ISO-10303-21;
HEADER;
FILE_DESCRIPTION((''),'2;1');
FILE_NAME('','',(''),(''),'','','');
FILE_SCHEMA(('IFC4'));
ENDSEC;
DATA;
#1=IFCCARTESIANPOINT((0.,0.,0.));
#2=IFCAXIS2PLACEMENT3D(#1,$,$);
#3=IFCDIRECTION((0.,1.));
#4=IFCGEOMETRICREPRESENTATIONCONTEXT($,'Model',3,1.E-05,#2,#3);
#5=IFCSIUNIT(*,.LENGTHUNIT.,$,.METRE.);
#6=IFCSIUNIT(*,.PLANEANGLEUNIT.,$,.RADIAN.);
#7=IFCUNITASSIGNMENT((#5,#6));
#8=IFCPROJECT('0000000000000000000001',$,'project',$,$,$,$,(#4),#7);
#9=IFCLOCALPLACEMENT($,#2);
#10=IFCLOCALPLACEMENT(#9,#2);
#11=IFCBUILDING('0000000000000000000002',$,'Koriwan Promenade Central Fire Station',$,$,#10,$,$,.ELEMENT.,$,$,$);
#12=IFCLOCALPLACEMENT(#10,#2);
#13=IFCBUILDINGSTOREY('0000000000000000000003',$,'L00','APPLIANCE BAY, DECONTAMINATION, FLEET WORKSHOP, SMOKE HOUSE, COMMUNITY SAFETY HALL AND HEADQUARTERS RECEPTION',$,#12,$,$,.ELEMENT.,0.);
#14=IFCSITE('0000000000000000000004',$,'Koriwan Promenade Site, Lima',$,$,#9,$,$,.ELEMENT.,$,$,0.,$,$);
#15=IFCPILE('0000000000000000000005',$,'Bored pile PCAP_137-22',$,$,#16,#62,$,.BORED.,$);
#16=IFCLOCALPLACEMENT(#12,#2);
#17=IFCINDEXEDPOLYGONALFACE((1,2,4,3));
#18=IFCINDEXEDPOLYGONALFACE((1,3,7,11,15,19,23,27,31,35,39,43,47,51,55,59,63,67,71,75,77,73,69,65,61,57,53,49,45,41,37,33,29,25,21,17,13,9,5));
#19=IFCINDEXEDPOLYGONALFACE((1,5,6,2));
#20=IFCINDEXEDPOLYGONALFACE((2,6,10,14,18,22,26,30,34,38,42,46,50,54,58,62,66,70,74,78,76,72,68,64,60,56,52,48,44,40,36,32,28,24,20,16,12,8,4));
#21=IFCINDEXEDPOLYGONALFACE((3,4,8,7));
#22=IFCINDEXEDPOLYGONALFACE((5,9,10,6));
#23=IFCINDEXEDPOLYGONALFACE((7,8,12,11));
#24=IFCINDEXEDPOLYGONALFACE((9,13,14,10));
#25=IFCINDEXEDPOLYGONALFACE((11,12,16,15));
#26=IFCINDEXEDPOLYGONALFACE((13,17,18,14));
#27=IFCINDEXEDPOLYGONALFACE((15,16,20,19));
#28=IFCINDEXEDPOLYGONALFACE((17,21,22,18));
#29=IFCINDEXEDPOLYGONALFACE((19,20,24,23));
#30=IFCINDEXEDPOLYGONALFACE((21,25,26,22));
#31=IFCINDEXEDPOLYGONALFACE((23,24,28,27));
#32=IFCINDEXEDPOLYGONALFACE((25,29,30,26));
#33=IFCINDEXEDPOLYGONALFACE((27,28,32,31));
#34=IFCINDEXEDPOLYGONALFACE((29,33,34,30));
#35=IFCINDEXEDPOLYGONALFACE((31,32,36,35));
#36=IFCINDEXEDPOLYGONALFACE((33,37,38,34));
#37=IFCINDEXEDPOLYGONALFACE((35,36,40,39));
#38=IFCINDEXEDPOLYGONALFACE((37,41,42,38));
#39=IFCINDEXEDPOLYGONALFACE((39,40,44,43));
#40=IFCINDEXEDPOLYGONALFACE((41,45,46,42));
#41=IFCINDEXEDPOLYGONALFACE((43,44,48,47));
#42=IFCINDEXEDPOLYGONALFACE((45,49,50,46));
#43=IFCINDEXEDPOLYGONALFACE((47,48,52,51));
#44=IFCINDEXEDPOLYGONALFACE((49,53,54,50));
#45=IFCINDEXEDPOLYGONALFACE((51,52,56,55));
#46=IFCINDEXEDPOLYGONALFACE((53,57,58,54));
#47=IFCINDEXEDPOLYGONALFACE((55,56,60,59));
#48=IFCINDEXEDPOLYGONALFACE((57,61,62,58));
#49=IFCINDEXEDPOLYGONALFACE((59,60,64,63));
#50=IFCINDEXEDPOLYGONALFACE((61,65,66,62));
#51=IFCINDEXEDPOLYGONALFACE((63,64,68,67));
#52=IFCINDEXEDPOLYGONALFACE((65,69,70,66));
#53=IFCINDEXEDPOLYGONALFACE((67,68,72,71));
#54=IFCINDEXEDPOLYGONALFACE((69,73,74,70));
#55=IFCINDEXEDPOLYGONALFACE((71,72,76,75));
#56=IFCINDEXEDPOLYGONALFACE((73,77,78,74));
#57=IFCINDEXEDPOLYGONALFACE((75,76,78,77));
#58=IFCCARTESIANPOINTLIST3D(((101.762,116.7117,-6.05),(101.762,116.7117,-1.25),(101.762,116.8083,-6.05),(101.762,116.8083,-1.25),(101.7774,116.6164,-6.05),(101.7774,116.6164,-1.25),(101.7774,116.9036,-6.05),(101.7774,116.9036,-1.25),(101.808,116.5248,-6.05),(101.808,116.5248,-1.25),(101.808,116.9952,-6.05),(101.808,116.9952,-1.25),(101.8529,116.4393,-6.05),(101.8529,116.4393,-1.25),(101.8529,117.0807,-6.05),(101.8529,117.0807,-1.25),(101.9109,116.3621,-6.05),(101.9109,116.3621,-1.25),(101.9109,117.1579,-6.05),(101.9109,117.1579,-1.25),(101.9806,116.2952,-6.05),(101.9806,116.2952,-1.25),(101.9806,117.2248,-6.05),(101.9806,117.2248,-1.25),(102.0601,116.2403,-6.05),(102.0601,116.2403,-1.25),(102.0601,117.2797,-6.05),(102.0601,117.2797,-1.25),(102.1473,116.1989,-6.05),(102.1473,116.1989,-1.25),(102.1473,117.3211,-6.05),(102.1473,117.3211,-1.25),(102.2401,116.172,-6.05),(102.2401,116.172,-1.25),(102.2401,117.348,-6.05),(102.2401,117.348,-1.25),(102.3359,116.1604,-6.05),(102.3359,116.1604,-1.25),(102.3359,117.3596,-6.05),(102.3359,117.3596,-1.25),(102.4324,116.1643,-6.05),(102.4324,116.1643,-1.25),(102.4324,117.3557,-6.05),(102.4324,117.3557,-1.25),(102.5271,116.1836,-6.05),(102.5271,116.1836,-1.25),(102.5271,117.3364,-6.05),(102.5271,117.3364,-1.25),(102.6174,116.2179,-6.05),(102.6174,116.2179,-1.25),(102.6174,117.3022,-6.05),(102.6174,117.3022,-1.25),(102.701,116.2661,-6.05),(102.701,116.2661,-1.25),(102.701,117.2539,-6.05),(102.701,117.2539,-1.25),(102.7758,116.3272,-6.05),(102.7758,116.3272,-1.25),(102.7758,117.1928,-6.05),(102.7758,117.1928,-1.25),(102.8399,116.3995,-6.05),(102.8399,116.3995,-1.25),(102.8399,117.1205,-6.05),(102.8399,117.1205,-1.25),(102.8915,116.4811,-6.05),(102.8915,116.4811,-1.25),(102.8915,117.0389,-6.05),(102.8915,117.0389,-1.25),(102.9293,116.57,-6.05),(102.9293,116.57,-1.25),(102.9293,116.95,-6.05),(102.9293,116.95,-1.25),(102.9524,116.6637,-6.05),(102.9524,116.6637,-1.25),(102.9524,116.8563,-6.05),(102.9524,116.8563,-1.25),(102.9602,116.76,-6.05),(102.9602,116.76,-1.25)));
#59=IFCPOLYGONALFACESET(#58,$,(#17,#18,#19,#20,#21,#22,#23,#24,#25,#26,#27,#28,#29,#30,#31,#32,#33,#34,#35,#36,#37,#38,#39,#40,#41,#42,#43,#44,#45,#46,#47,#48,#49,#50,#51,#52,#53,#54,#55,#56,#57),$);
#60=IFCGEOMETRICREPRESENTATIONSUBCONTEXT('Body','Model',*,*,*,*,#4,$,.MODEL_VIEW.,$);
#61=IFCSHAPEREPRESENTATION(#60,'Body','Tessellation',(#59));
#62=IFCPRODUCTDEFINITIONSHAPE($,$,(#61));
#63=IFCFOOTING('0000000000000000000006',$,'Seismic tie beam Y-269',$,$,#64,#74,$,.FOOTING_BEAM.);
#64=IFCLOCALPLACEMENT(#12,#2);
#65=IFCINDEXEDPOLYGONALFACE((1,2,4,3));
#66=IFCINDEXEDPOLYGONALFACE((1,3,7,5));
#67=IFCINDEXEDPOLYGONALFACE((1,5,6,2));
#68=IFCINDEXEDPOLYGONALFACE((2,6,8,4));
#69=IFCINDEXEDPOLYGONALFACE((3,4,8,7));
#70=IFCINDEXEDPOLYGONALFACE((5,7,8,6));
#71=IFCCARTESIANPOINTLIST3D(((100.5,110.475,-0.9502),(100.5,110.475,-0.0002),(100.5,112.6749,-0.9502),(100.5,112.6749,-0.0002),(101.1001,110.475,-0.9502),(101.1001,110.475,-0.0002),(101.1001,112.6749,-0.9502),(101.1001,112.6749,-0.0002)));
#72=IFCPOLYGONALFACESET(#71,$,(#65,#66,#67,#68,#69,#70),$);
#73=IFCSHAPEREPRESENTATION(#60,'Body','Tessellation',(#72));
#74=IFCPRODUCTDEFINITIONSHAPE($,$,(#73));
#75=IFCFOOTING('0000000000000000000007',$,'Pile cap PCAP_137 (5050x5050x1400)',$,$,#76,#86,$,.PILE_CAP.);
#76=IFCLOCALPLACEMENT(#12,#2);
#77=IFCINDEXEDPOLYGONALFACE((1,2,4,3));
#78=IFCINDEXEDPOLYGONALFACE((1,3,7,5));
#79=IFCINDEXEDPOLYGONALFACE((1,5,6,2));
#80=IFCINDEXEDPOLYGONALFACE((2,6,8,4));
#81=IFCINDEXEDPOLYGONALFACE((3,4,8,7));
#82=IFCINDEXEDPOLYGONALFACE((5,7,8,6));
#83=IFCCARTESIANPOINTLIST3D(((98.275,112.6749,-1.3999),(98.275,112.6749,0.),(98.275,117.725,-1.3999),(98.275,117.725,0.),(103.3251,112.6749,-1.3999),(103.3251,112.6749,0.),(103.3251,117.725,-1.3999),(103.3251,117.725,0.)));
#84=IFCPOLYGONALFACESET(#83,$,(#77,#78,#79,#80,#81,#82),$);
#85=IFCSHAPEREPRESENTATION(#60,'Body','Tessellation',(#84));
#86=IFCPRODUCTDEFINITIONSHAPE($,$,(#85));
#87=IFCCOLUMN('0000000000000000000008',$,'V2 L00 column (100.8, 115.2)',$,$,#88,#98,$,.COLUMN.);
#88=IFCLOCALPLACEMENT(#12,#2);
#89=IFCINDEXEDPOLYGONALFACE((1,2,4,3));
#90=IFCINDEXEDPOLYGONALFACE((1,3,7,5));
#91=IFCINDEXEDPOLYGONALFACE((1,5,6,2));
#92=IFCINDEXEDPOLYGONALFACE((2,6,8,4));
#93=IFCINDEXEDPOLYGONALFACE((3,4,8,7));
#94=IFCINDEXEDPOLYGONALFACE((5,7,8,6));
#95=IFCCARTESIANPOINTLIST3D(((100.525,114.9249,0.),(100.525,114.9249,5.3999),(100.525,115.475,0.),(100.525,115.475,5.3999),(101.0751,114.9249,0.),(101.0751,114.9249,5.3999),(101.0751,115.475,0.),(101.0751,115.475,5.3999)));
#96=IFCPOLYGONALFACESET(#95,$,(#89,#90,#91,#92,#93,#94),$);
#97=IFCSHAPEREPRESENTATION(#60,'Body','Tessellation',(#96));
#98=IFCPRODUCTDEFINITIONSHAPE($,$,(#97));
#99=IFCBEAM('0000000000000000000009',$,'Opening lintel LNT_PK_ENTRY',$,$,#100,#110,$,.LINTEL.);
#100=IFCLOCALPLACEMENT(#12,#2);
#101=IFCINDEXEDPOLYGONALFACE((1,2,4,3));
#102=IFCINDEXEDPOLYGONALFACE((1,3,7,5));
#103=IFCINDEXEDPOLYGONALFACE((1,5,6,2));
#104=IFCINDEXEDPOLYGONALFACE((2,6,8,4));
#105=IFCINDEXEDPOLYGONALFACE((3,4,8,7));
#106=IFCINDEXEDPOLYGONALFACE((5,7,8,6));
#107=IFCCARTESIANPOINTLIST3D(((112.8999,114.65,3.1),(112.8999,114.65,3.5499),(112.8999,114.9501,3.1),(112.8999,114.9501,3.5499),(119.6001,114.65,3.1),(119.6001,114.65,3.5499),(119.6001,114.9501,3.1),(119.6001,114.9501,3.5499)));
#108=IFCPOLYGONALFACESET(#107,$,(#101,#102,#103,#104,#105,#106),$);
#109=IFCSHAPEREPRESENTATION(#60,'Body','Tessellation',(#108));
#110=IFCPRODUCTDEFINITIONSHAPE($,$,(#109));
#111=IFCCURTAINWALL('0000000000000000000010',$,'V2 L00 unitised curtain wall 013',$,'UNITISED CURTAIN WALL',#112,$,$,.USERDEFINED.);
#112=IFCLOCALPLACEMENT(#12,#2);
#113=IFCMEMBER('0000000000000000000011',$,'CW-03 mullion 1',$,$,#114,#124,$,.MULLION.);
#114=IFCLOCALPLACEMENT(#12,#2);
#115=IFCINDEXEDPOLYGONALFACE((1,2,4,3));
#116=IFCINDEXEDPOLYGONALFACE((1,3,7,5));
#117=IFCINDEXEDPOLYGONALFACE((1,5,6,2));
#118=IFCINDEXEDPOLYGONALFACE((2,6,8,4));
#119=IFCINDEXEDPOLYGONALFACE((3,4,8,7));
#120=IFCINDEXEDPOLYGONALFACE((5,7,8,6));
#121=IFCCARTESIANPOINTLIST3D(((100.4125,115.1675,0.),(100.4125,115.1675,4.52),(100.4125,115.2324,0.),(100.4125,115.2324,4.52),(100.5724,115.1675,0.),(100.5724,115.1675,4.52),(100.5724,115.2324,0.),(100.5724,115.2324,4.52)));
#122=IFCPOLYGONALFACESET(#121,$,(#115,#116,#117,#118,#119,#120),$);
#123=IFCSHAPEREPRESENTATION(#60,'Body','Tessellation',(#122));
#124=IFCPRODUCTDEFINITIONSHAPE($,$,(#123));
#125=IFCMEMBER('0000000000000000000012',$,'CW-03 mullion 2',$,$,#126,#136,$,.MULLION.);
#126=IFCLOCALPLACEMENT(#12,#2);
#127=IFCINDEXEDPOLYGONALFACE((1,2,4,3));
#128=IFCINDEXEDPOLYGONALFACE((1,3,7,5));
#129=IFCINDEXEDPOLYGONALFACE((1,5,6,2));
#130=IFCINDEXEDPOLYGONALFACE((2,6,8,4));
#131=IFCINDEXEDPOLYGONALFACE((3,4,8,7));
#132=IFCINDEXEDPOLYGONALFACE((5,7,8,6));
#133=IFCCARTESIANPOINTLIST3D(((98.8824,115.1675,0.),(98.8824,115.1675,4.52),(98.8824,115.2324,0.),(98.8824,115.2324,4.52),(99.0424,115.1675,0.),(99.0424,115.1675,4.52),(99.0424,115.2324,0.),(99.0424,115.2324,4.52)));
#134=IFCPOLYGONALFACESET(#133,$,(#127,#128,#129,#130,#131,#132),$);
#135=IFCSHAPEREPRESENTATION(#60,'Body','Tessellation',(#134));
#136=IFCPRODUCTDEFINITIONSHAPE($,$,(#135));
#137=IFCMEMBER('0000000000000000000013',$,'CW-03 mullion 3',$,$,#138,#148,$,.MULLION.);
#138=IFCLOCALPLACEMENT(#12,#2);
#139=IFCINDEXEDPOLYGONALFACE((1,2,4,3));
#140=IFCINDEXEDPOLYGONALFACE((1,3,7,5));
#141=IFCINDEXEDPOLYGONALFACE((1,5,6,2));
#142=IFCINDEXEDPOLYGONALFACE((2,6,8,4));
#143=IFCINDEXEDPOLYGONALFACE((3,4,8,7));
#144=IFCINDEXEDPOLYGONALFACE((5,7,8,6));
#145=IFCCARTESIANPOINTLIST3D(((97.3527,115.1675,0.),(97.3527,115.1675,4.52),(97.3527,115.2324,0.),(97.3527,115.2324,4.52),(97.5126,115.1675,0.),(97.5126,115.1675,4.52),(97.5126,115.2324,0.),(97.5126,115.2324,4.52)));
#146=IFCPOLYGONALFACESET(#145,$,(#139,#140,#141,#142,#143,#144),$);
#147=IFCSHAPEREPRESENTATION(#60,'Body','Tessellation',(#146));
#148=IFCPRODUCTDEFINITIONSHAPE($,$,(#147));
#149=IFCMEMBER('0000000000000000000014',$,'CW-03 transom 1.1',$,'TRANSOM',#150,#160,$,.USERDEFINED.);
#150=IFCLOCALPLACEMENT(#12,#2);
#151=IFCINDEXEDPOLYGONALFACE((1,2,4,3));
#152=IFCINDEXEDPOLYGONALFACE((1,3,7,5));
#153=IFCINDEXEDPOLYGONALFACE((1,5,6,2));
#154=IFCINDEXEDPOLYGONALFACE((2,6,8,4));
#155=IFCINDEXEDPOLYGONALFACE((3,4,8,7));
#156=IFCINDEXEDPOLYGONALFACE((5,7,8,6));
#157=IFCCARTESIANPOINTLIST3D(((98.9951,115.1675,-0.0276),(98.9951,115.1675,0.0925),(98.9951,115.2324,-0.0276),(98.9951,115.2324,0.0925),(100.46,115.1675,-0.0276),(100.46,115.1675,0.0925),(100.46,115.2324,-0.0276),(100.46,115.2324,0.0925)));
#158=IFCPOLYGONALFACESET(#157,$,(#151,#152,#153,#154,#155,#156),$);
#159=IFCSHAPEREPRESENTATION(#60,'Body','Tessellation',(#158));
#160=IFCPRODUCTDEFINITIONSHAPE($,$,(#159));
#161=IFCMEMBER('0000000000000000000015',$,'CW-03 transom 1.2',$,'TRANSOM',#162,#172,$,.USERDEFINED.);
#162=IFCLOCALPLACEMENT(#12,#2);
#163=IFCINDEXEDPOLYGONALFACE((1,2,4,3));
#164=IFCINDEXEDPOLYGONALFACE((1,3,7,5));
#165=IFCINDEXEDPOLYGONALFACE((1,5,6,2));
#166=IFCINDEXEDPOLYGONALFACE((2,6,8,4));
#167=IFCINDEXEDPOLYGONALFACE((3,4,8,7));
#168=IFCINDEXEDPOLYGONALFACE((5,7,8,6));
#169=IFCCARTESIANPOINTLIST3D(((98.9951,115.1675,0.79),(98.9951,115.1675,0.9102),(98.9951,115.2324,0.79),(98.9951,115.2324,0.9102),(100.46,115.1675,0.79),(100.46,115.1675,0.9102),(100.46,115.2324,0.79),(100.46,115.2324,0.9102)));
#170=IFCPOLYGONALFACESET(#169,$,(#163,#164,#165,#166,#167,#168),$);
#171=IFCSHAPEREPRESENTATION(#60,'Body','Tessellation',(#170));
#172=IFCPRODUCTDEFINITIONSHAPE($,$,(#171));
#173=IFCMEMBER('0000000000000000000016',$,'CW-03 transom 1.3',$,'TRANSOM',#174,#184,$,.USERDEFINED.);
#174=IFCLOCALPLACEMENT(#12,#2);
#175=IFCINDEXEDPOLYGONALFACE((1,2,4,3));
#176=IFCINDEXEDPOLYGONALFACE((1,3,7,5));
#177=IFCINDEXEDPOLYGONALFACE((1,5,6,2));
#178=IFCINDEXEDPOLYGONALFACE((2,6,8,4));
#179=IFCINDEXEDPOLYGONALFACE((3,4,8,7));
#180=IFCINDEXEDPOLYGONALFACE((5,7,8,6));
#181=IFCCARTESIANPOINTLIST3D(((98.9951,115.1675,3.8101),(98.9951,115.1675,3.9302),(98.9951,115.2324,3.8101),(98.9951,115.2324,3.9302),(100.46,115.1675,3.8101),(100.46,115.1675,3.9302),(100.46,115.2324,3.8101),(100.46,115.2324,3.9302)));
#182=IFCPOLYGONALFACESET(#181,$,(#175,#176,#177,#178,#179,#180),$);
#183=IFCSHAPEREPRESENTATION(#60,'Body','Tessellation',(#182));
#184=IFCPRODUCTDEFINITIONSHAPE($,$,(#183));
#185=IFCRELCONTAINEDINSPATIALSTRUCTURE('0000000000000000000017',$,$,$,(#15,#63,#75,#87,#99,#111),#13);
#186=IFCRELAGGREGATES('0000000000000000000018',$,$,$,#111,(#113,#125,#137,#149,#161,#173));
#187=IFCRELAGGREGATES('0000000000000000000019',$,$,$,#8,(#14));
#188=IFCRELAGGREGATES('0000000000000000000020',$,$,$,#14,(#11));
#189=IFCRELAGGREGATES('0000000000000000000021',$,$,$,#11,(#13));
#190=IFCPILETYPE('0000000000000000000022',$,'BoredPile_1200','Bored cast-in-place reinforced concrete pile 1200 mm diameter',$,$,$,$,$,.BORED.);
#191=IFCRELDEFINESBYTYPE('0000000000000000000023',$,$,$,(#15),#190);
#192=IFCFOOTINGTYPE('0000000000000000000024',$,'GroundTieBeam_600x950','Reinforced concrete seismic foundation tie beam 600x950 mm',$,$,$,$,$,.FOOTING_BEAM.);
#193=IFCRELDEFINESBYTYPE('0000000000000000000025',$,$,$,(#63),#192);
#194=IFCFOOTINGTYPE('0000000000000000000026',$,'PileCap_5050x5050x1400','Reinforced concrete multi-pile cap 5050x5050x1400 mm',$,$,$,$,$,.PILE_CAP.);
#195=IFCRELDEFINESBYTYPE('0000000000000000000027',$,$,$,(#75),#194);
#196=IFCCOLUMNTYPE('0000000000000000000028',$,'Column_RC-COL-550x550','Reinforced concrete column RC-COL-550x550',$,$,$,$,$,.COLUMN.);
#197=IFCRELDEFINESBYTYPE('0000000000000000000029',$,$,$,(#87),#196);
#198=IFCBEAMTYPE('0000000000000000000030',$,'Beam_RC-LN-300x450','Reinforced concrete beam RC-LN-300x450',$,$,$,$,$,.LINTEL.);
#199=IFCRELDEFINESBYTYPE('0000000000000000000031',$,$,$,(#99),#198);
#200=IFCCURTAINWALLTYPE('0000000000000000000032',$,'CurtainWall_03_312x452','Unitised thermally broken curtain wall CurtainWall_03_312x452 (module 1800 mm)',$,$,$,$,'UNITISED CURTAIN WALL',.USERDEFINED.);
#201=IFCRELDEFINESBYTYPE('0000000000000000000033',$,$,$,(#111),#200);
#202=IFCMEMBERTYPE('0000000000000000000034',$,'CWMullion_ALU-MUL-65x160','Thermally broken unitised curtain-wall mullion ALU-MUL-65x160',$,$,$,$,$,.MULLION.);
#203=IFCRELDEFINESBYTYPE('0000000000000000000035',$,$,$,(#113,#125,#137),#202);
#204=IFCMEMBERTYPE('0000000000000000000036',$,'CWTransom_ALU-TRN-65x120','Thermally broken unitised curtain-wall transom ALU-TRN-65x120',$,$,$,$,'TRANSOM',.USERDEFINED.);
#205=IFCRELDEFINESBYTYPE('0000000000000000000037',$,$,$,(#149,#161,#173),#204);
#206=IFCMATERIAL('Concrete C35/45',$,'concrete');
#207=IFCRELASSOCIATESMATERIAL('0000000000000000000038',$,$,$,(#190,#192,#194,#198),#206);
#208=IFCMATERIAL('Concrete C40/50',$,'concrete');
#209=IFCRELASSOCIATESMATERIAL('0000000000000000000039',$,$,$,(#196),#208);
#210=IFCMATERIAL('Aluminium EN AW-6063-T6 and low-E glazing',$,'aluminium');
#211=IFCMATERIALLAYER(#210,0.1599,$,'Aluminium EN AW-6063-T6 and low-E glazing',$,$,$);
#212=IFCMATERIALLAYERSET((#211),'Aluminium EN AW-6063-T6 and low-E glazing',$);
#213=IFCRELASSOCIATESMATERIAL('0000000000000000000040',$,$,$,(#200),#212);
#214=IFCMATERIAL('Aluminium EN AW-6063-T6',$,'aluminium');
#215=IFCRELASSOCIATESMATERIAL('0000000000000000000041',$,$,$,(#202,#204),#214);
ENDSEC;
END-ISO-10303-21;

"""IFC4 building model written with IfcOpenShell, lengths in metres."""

from ifc_helpers import new_model, si_unit, direction, frame, origin, origin_2d, place, context, subcontext, project, spatial, rectangle, circle, extrude, material, layer, layer_set, material_profile, profile_set, type_object, element, aggregate, save


model = new_model("IFC4")

# Units and contexts
model_context = context("Model", 3, precision=1e-05, world=origin(), true_north=direction((0.0, 1.0)))
body_context = subcontext(model_context, "Body", "Model", "MODEL_VIEW")
ifc_project = project(units=[si_unit("LENGTHUNIT", "METRE"), si_unit("PLANEANGLEUNIT", "RADIAN")], contexts=[model_context])

# Site, building, storey
site_placement = place(None, origin())
site = spatial("IfcSite", under=ifc_project, at=site_placement, Name="Koriwan Promenade Site, Lima", CompositionType="ELEMENT", RefElevation=0.0)
building_placement = place(site_placement, origin())
building = spatial("IfcBuilding", under=site, at=building_placement, Name="Koriwan Promenade Central Fire Station", CompositionType="ELEMENT")
storey_placement = place(building_placement, origin())
storey = spatial("IfcBuildingStorey", under=building, at=storey_placement, Name="L00", Description="APPLIANCE BAY, DECONTAMINATION, FLEET WORKSHOP, SMOKE HOUSE, COMMUNITY SAFETY HALL AND HEADQUARTERS RECEPTION", CompositionType="ELEMENT", Elevation=0.0)

# Pile
ifc_material_1 = material(Name="Concrete C35/45", Category="concrete")
ifc_material_profile_1 = material_profile(ifc_material_1, circle(Radius=0.6001, at=origin_2d()), Name="PILE-D1200")
ifc_profile_set_1 = profile_set([ifc_material_profile_1], Name="Concrete C35/45")
pile_type = type_object("IfcPileType", Name="BoredPile_1200", Description="Bored cast-in-place reinforced concrete pile 1200 mm diameter", PredefinedType="BORED", material=ifc_profile_set_1)
for number, where, z_axis, x_axis, name in (
    (1, (102.3601, 116.76, -1.25), (0.0, 0.0, -1.0), (1.0, 0.0, 0.0), "Bored pile PCAP_137-22"),
):
    element("IfcPile", number, at=place(storey_placement, frame(where, z_axis=z_axis, x_axis=x_axis)), inside=storey, type_object=pile_type, Name=name, PredefinedType="BORED", context=body_context, shape_type="SweptSolid", body=[
        extrude(circle(Radius=0.6001, at=origin_2d()), origin(), (0.0, 0.0, 1.0), 4.8),
    ])

# Footings
footing_type_1 = type_object("IfcFootingType", Name="GroundTieBeam_600x950", Description="Reinforced concrete seismic foundation tie beam 600x950 mm", PredefinedType="FOOTING_BEAM", material=ifc_material_1)
footing_1_placement = place(storey_placement, frame((100.8, 111.575, -0.9502), z_axis=(0.0, 0.0, 1.0), x_axis=(0.0, 1.0, 0.0)))
element("IfcFooting", 2, at=footing_1_placement, inside=storey, type_object=footing_type_1, Name="Seismic tie beam Y-269", PredefinedType="FOOTING_BEAM", context=body_context, shape_type="SweptSolid", body=[
    extrude(rectangle(XDim=2.2, YDim=0.6001, at=origin_2d()), origin(), (0.0, 0.0, 1.0), 0.95),
])
footing_type_2 = type_object("IfcFootingType", Name="PileCap_5050x5050x1400", Description="Reinforced concrete multi-pile cap 5050x5050x1400 mm", PredefinedType="PILE_CAP", material=ifc_material_1)
footing_2_placement = place(storey_placement, frame((100.8, 115.2, -1.3999), z_axis=(0.0, 0.0, 1.0), x_axis=(1.0, 0.0, 0.0)))
element("IfcFooting", 3, at=footing_2_placement, inside=storey, type_object=footing_type_2, Name="Pile cap PCAP_137 (5050x5050x1400)", PredefinedType="PILE_CAP", context=body_context, shape_type="SweptSolid", body=[
    extrude(rectangle(XDim=5.05, YDim=5.05, at=origin_2d()), origin(), (0.0, 0.0, 1.0), 1.3999),
])

# Column
ifc_material_2 = material(Name="Concrete C40/50", Category="concrete")
ifc_material_profile_2 = material_profile(ifc_material_2, rectangle(XDim=0.55, YDim=0.55, at=origin_2d()), Name="RC-COL-550x550")
ifc_profile_set_2 = profile_set([ifc_material_profile_2], Name="Concrete C40/50")
column_type = type_object("IfcColumnType", Name="Column_RC-COL-550x550", Description="Reinforced concrete column RC-COL-550x550", PredefinedType="COLUMN", material=ifc_profile_set_2)
column_placement = place(storey_placement, frame((100.8, 115.2, 0.0), z_axis=(0.0, 0.0, 1.0), x_axis=(1.0, 0.0, 0.0)))
element("IfcColumn", 4, at=column_placement, inside=storey, type_object=column_type, Name="V2 L00 column (100.8, 115.2)", PredefinedType="COLUMN", context=body_context, shape_type="SweptSolid", body=[
    extrude(rectangle(XDim=0.55, YDim=0.55, at=origin_2d()), origin(), (0.0, 0.0, 1.0), 5.3999),
])

# Beam
ifc_material_profile_3 = material_profile(ifc_material_1, rectangle(XDim=0.3, YDim=0.45, at=origin_2d()), Name="RC-LN-300x450")
ifc_profile_set_3 = profile_set([ifc_material_profile_3], Name="Concrete C35/45")
beam_type = type_object("IfcBeamType", Name="Beam_RC-LN-300x450", Description="Reinforced concrete beam RC-LN-300x450", PredefinedType="LINTEL", material=ifc_profile_set_3)
beam_placement = place(storey_placement, frame((112.8999, 114.8, 3.325), z_axis=(1.0, 0.0, 0.0), x_axis=(0.0, 1.0, 0.0)))
element("IfcBeam", 5, at=beam_placement, inside=storey, type_object=beam_type, Name="Opening lintel LNT_PK_ENTRY", PredefinedType="LINTEL", context=body_context, shape_type="SweptSolid", body=[
    extrude(rectangle(XDim=0.3, YDim=0.45, at=origin_2d()), origin(), (0.0, 0.0, 1.0), 6.7002),
])

# Curtain wall, members
ifc_material_3 = material(Name="Aluminium EN AW-6063-T6 and low-E glazing", Category="aluminium")
ifc_layer_1 = layer(ifc_material_3, 0.1599, Name="Aluminium EN AW-6063-T6 and low-E glazing")
ifc_layer_set_1 = layer_set([ifc_layer_1], Name="Aluminium EN AW-6063-T6 and low-E glazing")
curtain_wall_type = type_object("IfcCurtainWallType", Name="CurtainWall_03_312x452", Description="Unitised thermally broken curtain wall CurtainWall_03_312x452 (module 1800 mm)", ElementType="UNITISED CURTAIN WALL", PredefinedType="USERDEFINED", material=ifc_layer_set_1)
curtain_wall_placement = place(storey_placement, origin())
curtain_wall = element("IfcCurtainWall", 6, at=curtain_wall_placement, inside=storey, type_object=curtain_wall_type, Name="V2 L00 unitised curtain wall 013", ObjectType="UNITISED CURTAIN WALL", PredefinedType="USERDEFINED")
ifc_material_4 = material(Name="Aluminium EN AW-6063-T6", Category="aluminium")
ifc_material_profile_4 = material_profile(ifc_material_4, rectangle(XDim=0.0649, YDim=0.1599, at=origin_2d()), Name="ALU-MUL-65x160")
ifc_profile_set_4 = profile_set([ifc_material_profile_4], Name="Aluminium EN AW-6063-T6")
member_type_1 = type_object("IfcMemberType", Name="CWMullion_ALU-MUL-65x160", Description="Thermally broken unitised curtain-wall mullion ALU-MUL-65x160", PredefinedType="MULLION", material=ifc_profile_set_4)
member_1_placement = place(storey_placement, frame((100.4924, 115.2, 0.0), z_axis=(0.0, 0.0, 1.0), x_axis=(0.0, -1.0, 0.0)))
member_1 = element("IfcMember", 7, at=member_1_placement, type_object=member_type_1, Name="CW-03 mullion 1", PredefinedType="MULLION", context=body_context, shape_type="SweptSolid", body=[
    extrude(rectangle(XDim=0.0649, YDim=0.1599, at=origin_2d()), origin(), (0.0, 0.0, 1.0), 4.52),
])
member_2_placement = place(storey_placement, frame((98.9624, 115.2, 0.0), z_axis=(0.0, 0.0, 1.0), x_axis=(0.0, -1.0, 0.0)))
member_2 = element("IfcMember", 8, at=member_2_placement, type_object=member_type_1, Name="CW-03 mullion 2", PredefinedType="MULLION", context=body_context, shape_type="SweptSolid", body=[
    extrude(rectangle(XDim=0.0649, YDim=0.1599, at=origin_2d()), origin(), (0.0, 0.0, 1.0), 4.52),
])
member_3_placement = place(storey_placement, frame((97.4326, 115.2, 0.0), z_axis=(0.0, 0.0, 1.0), x_axis=(0.0, -1.0, 0.0)))
member_3 = element("IfcMember", 9, at=member_3_placement, type_object=member_type_1, Name="CW-03 mullion 3", PredefinedType="MULLION", context=body_context, shape_type="SweptSolid", body=[
    extrude(rectangle(XDim=0.0649, YDim=0.1599, at=origin_2d()), origin(), (0.0, 0.0, 1.0), 4.52),
])
ifc_material_profile_5 = material_profile(ifc_material_4, rectangle(XDim=0.0649, YDim=0.1201, at=origin_2d()), Name="ALU-TRN-65x120")
ifc_profile_set_5 = profile_set([ifc_material_profile_5], Name="Aluminium EN AW-6063-T6")
member_type_2 = type_object("IfcMemberType", Name="CWTransom_ALU-TRN-65x120", Description="Thermally broken unitised curtain-wall transom ALU-TRN-65x120", ElementType="TRANSOM", PredefinedType="USERDEFINED", material=ifc_profile_set_5)
member_4_placement = place(storey_placement, frame((100.46, 115.2, 0.0325), z_axis=(-1.0, 0.0, 0.0), x_axis=(0.0, -1.0, 0.0)))
member_4 = element("IfcMember", 10, at=member_4_placement, type_object=member_type_2, Name="CW-03 transom 1.1", ObjectType="TRANSOM", PredefinedType="USERDEFINED", context=body_context, shape_type="SweptSolid", body=[
    extrude(rectangle(XDim=0.0649, YDim=0.1201, at=origin_2d()), origin(), (0.0, 0.0, 1.0), 1.4648),
])
member_5_placement = place(storey_placement, frame((100.46, 115.2, 0.8501), z_axis=(-1.0, 0.0, 0.0), x_axis=(0.0, -1.0, 0.0)))
member_5 = element("IfcMember", 11, at=member_5_placement, type_object=member_type_2, Name="CW-03 transom 1.2", ObjectType="TRANSOM", PredefinedType="USERDEFINED", context=body_context, shape_type="SweptSolid", body=[
    extrude(rectangle(XDim=0.0649, YDim=0.1201, at=origin_2d()), origin(), (0.0, 0.0, 1.0), 1.4648),
])
member_6_placement = place(storey_placement, frame((100.46, 115.2, 3.8701), z_axis=(-1.0, 0.0, 0.0), x_axis=(0.0, -1.0, 0.0)))
member_6 = element("IfcMember", 12, at=member_6_placement, type_object=member_type_2, Name="CW-03 transom 1.3", ObjectType="TRANSOM", PredefinedType="USERDEFINED", context=body_context, shape_type="SweptSolid", body=[
    extrude(rectangle(XDim=0.0649, YDim=0.1201, at=origin_2d()), origin(), (0.0, 0.0, 1.0), 1.4648),
])
aggregate(curtain_wall, [member_1, member_2, member_3, member_4, member_5, member_6])

save(model, "model.ifc")
